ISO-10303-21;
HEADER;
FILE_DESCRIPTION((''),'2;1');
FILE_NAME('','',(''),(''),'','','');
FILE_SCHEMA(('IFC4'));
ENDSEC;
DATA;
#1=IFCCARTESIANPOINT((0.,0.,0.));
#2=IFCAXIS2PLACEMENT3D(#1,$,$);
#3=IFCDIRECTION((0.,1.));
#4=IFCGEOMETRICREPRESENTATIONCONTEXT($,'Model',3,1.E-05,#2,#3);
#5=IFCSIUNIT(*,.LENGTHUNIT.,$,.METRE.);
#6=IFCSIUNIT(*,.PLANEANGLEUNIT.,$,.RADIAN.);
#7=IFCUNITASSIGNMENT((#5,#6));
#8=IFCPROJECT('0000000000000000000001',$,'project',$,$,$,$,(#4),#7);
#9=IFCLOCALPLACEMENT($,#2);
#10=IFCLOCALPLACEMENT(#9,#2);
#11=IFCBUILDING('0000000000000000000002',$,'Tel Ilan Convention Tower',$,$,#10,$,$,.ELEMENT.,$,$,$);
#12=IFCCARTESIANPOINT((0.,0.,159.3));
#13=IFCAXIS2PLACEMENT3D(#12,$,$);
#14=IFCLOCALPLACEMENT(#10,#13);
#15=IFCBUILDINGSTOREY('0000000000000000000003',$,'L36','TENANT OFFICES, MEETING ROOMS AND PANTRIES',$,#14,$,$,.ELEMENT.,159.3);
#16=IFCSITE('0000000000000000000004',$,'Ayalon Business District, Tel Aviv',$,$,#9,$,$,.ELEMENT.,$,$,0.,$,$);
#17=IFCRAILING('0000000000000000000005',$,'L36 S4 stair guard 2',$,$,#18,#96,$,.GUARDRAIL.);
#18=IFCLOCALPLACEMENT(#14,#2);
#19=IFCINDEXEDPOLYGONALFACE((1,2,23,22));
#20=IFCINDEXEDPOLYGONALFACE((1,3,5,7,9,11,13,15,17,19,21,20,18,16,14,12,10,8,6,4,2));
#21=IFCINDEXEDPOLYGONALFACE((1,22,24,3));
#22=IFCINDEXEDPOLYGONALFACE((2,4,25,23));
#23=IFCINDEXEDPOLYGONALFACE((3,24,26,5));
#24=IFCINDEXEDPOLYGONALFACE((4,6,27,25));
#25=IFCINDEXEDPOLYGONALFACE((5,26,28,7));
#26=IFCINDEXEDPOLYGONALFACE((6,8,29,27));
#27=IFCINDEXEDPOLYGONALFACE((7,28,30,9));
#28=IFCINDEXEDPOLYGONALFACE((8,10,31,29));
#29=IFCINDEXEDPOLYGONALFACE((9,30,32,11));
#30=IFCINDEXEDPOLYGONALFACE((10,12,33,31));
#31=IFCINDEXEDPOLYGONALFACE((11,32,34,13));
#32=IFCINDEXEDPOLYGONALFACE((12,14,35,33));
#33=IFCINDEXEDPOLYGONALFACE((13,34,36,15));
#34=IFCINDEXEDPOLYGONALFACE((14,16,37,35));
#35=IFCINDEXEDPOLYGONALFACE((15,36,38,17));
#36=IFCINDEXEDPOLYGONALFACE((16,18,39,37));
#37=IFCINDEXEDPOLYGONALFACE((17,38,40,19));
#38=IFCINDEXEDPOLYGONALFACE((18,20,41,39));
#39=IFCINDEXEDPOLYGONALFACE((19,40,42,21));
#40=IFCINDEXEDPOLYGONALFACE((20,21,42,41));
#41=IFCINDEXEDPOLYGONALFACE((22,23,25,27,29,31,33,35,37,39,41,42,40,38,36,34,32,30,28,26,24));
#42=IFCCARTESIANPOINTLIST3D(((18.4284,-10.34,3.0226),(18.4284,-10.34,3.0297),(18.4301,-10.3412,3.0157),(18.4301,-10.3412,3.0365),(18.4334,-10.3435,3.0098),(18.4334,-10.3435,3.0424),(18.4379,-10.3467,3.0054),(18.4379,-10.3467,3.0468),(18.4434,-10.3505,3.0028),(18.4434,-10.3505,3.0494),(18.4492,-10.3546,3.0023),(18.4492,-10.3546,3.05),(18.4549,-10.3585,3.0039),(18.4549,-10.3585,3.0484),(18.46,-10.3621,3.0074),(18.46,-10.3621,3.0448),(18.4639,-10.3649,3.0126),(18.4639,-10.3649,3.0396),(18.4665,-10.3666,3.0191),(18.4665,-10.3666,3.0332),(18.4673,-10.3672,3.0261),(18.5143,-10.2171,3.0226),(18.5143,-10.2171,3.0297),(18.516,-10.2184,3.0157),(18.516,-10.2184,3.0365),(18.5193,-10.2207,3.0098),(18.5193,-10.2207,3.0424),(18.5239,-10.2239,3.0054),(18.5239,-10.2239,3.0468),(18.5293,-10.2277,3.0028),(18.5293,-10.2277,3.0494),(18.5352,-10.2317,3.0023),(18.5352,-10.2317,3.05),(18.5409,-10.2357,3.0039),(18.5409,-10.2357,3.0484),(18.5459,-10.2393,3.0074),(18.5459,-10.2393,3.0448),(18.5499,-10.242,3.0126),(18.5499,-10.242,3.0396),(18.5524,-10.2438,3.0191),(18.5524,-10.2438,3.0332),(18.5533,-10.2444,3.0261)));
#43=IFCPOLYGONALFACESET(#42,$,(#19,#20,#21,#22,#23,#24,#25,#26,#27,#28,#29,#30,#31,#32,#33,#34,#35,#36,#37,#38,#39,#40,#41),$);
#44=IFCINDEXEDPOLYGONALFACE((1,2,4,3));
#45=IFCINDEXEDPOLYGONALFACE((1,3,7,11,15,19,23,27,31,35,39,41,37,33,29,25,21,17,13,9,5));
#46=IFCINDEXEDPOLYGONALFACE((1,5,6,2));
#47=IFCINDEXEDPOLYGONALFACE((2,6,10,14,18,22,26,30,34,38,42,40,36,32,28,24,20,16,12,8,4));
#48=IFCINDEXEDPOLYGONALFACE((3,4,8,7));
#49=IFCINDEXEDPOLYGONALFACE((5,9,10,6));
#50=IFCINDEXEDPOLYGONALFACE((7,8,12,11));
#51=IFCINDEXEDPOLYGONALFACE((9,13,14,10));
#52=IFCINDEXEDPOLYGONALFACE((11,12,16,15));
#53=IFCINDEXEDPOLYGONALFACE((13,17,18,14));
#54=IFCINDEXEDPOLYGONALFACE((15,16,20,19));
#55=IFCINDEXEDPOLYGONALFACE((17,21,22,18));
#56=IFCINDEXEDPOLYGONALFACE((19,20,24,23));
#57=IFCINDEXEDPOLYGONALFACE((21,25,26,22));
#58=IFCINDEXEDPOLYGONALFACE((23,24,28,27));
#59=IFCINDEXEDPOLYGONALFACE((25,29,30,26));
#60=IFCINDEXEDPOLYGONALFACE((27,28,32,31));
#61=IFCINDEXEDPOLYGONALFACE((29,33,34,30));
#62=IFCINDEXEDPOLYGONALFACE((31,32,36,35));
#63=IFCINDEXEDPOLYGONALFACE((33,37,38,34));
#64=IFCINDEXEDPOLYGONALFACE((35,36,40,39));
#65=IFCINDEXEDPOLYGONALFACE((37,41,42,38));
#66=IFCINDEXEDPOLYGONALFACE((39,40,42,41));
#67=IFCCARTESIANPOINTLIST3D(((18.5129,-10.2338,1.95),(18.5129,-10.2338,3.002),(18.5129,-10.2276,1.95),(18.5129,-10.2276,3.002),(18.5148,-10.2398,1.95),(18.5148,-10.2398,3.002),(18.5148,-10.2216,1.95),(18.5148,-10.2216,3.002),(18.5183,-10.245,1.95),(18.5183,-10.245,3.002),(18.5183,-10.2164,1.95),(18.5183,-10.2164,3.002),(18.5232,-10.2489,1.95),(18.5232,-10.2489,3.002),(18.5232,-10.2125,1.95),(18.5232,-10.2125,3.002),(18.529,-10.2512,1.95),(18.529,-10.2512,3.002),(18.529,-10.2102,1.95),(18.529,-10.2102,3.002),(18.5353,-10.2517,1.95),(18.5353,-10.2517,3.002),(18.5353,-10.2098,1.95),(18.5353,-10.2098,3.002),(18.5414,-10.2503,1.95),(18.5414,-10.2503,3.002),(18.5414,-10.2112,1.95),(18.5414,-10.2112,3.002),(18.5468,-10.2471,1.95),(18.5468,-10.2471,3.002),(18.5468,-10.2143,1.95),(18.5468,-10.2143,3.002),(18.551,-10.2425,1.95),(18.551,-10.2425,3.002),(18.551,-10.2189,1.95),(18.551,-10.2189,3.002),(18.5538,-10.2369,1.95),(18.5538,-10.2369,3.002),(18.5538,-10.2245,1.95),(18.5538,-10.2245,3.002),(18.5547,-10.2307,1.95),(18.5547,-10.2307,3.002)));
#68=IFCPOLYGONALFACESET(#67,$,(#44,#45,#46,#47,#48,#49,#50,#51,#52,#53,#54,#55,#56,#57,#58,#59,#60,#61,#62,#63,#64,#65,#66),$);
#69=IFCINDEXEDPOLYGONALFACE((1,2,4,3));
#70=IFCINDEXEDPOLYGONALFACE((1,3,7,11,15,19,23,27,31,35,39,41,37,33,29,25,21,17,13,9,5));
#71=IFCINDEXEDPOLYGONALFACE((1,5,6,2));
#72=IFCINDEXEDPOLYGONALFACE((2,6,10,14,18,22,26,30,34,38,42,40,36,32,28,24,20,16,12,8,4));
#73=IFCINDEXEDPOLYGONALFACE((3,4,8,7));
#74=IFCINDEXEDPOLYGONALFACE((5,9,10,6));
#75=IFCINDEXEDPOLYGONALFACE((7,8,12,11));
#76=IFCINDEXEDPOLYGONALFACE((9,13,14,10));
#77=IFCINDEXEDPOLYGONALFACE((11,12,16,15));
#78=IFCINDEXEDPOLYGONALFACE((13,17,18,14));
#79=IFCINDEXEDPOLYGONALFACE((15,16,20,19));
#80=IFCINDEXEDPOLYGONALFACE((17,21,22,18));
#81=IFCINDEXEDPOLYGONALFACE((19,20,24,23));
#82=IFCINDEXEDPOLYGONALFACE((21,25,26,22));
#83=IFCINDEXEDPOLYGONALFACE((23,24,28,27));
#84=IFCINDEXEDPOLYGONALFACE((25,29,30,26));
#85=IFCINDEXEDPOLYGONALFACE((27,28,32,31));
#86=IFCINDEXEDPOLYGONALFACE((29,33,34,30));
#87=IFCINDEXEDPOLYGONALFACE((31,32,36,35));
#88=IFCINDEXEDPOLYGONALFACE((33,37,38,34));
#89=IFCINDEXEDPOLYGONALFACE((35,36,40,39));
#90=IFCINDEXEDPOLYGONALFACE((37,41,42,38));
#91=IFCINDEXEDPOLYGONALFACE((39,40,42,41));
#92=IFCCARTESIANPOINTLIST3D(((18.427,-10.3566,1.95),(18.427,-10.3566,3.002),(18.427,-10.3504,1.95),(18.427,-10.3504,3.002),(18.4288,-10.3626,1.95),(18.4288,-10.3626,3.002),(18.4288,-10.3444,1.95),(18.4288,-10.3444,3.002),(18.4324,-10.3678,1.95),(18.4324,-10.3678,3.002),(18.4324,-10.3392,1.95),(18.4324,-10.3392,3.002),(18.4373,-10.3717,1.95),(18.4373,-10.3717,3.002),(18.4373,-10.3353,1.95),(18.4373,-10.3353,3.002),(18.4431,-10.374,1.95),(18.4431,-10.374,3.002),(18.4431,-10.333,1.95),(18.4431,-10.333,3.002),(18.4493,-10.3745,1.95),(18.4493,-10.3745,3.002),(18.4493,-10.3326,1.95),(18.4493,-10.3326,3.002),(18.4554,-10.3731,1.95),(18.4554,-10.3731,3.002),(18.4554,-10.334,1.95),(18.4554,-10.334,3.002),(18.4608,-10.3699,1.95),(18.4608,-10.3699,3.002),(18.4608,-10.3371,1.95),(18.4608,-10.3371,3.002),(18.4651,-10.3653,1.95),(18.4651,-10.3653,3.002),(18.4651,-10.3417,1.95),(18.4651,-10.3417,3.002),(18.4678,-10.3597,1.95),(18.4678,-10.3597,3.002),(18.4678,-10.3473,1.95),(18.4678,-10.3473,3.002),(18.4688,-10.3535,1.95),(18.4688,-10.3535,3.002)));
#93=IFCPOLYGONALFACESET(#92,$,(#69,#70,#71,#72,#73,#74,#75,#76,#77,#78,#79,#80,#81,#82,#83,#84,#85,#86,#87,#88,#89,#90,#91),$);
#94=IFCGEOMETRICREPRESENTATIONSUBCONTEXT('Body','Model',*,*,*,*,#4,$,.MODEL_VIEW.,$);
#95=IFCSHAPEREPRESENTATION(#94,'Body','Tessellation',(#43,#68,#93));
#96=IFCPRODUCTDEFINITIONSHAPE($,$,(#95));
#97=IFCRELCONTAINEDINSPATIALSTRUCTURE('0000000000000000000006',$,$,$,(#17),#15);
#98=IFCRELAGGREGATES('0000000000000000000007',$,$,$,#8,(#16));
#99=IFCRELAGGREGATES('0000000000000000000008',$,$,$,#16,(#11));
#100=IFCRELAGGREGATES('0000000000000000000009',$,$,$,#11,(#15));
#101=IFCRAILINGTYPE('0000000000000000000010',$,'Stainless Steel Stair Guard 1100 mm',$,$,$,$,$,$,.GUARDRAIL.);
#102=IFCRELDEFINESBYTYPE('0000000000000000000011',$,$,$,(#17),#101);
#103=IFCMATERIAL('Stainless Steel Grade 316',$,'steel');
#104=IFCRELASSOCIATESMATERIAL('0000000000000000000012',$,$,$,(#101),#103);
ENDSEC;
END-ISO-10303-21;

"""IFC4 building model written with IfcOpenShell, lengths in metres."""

from ifc_helpers import new_model, si_unit, direction, frame, origin, origin_2d, place, context, subcontext, project, spatial, circle, extrude, material, type_object, element, save


model = new_model("IFC4")

# Units and contexts
model_context = context("Model", 3, precision=1e-05, world=origin(), true_north=direction((0.0, 1.0)))
body_context = subcontext(model_context, "Body", "Model", "MODEL_VIEW")
ifc_project = project(units=[si_unit("LENGTHUNIT", "METRE"), si_unit("PLANEANGLEUNIT", "RADIAN")], contexts=[model_context])

# Site, building, storey
site_placement = place(None, origin())
site = spatial("IfcSite", under=ifc_project, at=site_placement, Name="Ayalon Business District, Tel Aviv", CompositionType="ELEMENT", RefElevation=0.0)
building_placement = place(site_placement, origin())
building = spatial("IfcBuilding", under=site, at=building_placement, Name="Tel Ilan Convention Tower", CompositionType="ELEMENT")
storey_placement = place(building_placement, frame((0.0, 0.0, 159.3)))
storey = spatial("IfcBuildingStorey", under=building, at=storey_placement, Name="L36", Description="TENANT OFFICES, MEETING ROOMS AND PANTRIES", CompositionType="ELEMENT", Elevation=159.3)

# Railing
ifc_material_1 = material(Name="Stainless Steel Grade 316", Category="steel")
railing_type_1 = type_object("IfcRailingType", Name="Stainless Steel Stair Guard 1100 mm", PredefinedType="GUARDRAIL", material=ifc_material_1)
railing_1_placement = place(storey_placement, frame((18.5337, -10.2307, 1.95)))
element("IfcRailing", 1, at=railing_1_placement, inside=storey, type_object=railing_type_1, Name="L36 S4 stair guard 2", PredefinedType="GUARDRAIL", context=body_context, shape_type="SweptSolid", body=[
    extrude(circle(Radius=0.0239, at=origin_2d()), frame((0.0, 0.0, 1.0762), z_axis=(-0.573353, -0.819308, 0.0), x_axis=(0.819308, -0.573353, 0.0)), (0.0, 0.0, 1.0), 0.1499),
    extrude(circle(Radius=0.021, at=origin_2d()), origin(), (0.0, 0.0, 1.0), 1.052),
    extrude(circle(Radius=0.021, at=origin_2d()), frame((-0.0859, -0.1228, 0.0)), (0.0, 0.0, 1.0), 1.052),
])

save(model, "model.ifc")
